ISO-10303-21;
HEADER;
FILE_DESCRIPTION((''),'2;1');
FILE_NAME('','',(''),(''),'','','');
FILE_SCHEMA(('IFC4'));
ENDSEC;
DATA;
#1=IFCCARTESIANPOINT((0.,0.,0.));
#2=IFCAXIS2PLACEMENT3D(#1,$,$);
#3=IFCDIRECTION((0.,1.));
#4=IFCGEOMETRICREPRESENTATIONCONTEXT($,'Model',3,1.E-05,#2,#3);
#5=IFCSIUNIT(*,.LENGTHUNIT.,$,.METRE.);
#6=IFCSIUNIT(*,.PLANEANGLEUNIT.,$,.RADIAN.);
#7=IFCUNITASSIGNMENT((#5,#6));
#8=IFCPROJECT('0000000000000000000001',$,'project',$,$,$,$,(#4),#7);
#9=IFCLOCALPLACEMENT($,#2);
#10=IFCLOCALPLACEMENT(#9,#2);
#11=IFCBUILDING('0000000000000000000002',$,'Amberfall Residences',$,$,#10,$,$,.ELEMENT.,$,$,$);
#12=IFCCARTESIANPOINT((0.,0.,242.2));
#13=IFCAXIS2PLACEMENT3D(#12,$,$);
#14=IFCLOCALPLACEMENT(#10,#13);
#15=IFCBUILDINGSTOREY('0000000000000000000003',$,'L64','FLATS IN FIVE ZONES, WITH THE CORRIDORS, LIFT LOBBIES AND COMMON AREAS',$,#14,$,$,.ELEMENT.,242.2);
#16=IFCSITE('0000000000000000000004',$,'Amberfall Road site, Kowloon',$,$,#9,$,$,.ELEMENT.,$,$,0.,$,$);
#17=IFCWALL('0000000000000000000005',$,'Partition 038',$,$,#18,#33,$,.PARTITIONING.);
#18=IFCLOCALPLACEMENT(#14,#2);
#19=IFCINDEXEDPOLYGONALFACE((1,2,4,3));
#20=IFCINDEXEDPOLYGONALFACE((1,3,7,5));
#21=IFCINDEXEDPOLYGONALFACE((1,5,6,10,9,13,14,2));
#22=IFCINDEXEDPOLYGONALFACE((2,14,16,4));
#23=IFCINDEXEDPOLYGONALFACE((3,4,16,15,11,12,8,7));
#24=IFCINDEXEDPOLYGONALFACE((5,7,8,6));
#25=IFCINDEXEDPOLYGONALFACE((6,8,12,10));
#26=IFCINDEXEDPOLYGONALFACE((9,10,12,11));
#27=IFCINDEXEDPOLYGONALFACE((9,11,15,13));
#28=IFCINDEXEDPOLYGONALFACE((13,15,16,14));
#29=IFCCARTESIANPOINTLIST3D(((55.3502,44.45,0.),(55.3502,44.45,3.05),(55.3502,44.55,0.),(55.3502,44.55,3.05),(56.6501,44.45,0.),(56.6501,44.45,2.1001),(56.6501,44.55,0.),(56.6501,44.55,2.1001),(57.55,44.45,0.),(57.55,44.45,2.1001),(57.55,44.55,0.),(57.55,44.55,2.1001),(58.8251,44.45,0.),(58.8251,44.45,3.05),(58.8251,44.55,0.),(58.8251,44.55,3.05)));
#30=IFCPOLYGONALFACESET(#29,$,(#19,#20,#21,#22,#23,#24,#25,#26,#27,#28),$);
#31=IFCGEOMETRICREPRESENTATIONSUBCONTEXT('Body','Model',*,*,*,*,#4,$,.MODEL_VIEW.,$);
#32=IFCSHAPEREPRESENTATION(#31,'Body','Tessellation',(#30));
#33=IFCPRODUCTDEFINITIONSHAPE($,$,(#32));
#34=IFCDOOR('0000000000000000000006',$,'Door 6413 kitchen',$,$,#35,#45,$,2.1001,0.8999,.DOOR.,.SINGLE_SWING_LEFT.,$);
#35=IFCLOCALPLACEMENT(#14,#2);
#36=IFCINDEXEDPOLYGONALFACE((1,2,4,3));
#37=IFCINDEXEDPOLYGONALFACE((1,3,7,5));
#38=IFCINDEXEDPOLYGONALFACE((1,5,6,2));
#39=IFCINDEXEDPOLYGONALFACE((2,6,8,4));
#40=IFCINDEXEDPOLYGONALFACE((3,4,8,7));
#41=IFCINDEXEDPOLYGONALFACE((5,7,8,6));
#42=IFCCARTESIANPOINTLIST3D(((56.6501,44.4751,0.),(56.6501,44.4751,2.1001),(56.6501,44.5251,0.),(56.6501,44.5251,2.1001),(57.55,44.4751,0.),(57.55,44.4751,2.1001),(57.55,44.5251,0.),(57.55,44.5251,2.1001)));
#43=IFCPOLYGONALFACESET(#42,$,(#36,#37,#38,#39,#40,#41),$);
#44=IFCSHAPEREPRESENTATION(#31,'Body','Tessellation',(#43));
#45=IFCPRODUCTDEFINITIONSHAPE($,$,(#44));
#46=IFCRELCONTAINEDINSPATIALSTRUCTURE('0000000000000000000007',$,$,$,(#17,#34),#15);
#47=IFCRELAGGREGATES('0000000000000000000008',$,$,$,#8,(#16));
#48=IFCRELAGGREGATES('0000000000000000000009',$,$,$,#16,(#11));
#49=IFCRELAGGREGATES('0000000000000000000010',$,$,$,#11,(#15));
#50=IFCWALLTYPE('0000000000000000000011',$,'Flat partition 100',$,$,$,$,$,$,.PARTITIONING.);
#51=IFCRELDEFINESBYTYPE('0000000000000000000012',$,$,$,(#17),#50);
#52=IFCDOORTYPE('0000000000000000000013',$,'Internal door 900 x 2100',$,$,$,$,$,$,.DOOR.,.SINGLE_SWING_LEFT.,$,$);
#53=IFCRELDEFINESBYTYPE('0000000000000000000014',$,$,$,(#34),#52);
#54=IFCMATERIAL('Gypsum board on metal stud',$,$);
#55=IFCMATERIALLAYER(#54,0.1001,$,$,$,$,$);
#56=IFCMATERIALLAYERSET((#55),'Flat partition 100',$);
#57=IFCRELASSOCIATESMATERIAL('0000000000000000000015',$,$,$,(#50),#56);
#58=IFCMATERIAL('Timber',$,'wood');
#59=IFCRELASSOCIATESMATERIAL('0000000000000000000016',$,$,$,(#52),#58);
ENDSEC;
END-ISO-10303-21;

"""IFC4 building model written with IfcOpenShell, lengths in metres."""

from ifc_helpers import new_model, si_unit, direction, frame, frame_2d, origin, place, context, subcontext, project, spatial, rectangle, extrude, material, layer, layer_set, type_object, element, fill, save


model = new_model("IFC4")

# Units and contexts
model_context = context("Model", 3, precision=1e-05, world=origin(), true_north=direction((0.0, 1.0)))
body_context = subcontext(model_context, "Body", "Model", "MODEL_VIEW")
ifc_project = project(units=[si_unit("LENGTHUNIT", "METRE"), si_unit("PLANEANGLEUNIT", "RADIAN")], contexts=[model_context])

# Site, building, storey
site_placement = place(None, origin())
site = spatial("IfcSite", under=ifc_project, at=site_placement, Name="Amberfall Road site, Kowloon", CompositionType="ELEMENT", RefElevation=0.0)
building_placement = place(site_placement, origin())
building = spatial("IfcBuilding", under=site, at=building_placement, Name="Amberfall Residences", CompositionType="ELEMENT")
storey_placement = place(building_placement, frame((0.0, 0.0, 242.2)))
storey = spatial("IfcBuildingStorey", under=building, at=storey_placement, Name="L64", Description="FLATS IN FIVE ZONES, WITH THE CORRIDORS, LIFT LOBBIES AND COMMON AREAS", CompositionType="ELEMENT", Elevation=242.2)

# Wall, opening, door
ifc_material_1 = material(Name="Gypsum board on metal stud")
ifc_layer_1 = layer(ifc_material_1, 0.1001)
ifc_layer_set_1 = layer_set([ifc_layer_1], Name="Flat partition 100")
wall_type_1 = type_object("IfcWallType", Name="Flat partition 100", PredefinedType="PARTITIONING", material=ifc_layer_set_1)
wall_1_placement = place(storey_placement, frame((58.825, 44.5, 0.0), z_axis=(0.0, 0.0, 1.0), x_axis=(-1.0, 0.0, 0.0)))
wall_1 = element("IfcWall", 1, at=wall_1_placement, inside=storey, type_object=wall_type_1, Name="Partition 038", PredefinedType="PARTITIONING", context=body_context, shape_type="SweptSolid", body=[
    extrude(rectangle(XDim=3.4749, YDim=0.1001, at=frame_2d((1.7373, 0.0))), origin(), (0.0, 0.0, 1.0), 3.05),
])
opening_1_placement = place(wall_1_placement, frame((1.2749, 0.0, 0.0)))
opening_1 = element("IfcOpeningElement", 2, at=opening_1_placement, cuts=wall_1, PredefinedType="OPENING", context=body_context, shape_type="SweptSolid", body=[
    extrude(rectangle(XDim=0.8999, YDim=2.1001, at=frame_2d((0.45, 1.05))), frame((0.0, 0.0601, 0.0), z_axis=(0.0, -1.0, 0.0), x_axis=(1.0, 0.0, 0.0)), (0.0, 0.0, 1.0), 0.1201),
])
ifc_material_2 = material(Name="Timber", Category="wood")
door_type_1 = type_object("IfcDoorType", Name="Internal door 900 x 2100", OperationType="SINGLE_SWING_LEFT", PredefinedType="DOOR", material=ifc_material_2)
door_1_placement = place(opening_1_placement, origin())
door_1 = element("IfcDoor", 3, at=door_1_placement, inside=storey, type_object=door_type_1, Name="Door 6413 kitchen", OperationType="SINGLE_SWING_LEFT", OverallHeight=2.1001, OverallWidth=0.8999, PredefinedType="DOOR", context=body_context, shape_type="SweptSolid", body=[
    extrude(rectangle(XDim=0.8999, YDim=2.1001, at=frame_2d((0.45, 1.05))), frame((0.0, 0.0249, 0.0), z_axis=(0.0, -1.0, 0.0), x_axis=(1.0, 0.0, 0.0)), (0.0, 0.0, 1.0), 0.05),
])
fill(opening_1, door_1)

save(model, "model.ifc")
